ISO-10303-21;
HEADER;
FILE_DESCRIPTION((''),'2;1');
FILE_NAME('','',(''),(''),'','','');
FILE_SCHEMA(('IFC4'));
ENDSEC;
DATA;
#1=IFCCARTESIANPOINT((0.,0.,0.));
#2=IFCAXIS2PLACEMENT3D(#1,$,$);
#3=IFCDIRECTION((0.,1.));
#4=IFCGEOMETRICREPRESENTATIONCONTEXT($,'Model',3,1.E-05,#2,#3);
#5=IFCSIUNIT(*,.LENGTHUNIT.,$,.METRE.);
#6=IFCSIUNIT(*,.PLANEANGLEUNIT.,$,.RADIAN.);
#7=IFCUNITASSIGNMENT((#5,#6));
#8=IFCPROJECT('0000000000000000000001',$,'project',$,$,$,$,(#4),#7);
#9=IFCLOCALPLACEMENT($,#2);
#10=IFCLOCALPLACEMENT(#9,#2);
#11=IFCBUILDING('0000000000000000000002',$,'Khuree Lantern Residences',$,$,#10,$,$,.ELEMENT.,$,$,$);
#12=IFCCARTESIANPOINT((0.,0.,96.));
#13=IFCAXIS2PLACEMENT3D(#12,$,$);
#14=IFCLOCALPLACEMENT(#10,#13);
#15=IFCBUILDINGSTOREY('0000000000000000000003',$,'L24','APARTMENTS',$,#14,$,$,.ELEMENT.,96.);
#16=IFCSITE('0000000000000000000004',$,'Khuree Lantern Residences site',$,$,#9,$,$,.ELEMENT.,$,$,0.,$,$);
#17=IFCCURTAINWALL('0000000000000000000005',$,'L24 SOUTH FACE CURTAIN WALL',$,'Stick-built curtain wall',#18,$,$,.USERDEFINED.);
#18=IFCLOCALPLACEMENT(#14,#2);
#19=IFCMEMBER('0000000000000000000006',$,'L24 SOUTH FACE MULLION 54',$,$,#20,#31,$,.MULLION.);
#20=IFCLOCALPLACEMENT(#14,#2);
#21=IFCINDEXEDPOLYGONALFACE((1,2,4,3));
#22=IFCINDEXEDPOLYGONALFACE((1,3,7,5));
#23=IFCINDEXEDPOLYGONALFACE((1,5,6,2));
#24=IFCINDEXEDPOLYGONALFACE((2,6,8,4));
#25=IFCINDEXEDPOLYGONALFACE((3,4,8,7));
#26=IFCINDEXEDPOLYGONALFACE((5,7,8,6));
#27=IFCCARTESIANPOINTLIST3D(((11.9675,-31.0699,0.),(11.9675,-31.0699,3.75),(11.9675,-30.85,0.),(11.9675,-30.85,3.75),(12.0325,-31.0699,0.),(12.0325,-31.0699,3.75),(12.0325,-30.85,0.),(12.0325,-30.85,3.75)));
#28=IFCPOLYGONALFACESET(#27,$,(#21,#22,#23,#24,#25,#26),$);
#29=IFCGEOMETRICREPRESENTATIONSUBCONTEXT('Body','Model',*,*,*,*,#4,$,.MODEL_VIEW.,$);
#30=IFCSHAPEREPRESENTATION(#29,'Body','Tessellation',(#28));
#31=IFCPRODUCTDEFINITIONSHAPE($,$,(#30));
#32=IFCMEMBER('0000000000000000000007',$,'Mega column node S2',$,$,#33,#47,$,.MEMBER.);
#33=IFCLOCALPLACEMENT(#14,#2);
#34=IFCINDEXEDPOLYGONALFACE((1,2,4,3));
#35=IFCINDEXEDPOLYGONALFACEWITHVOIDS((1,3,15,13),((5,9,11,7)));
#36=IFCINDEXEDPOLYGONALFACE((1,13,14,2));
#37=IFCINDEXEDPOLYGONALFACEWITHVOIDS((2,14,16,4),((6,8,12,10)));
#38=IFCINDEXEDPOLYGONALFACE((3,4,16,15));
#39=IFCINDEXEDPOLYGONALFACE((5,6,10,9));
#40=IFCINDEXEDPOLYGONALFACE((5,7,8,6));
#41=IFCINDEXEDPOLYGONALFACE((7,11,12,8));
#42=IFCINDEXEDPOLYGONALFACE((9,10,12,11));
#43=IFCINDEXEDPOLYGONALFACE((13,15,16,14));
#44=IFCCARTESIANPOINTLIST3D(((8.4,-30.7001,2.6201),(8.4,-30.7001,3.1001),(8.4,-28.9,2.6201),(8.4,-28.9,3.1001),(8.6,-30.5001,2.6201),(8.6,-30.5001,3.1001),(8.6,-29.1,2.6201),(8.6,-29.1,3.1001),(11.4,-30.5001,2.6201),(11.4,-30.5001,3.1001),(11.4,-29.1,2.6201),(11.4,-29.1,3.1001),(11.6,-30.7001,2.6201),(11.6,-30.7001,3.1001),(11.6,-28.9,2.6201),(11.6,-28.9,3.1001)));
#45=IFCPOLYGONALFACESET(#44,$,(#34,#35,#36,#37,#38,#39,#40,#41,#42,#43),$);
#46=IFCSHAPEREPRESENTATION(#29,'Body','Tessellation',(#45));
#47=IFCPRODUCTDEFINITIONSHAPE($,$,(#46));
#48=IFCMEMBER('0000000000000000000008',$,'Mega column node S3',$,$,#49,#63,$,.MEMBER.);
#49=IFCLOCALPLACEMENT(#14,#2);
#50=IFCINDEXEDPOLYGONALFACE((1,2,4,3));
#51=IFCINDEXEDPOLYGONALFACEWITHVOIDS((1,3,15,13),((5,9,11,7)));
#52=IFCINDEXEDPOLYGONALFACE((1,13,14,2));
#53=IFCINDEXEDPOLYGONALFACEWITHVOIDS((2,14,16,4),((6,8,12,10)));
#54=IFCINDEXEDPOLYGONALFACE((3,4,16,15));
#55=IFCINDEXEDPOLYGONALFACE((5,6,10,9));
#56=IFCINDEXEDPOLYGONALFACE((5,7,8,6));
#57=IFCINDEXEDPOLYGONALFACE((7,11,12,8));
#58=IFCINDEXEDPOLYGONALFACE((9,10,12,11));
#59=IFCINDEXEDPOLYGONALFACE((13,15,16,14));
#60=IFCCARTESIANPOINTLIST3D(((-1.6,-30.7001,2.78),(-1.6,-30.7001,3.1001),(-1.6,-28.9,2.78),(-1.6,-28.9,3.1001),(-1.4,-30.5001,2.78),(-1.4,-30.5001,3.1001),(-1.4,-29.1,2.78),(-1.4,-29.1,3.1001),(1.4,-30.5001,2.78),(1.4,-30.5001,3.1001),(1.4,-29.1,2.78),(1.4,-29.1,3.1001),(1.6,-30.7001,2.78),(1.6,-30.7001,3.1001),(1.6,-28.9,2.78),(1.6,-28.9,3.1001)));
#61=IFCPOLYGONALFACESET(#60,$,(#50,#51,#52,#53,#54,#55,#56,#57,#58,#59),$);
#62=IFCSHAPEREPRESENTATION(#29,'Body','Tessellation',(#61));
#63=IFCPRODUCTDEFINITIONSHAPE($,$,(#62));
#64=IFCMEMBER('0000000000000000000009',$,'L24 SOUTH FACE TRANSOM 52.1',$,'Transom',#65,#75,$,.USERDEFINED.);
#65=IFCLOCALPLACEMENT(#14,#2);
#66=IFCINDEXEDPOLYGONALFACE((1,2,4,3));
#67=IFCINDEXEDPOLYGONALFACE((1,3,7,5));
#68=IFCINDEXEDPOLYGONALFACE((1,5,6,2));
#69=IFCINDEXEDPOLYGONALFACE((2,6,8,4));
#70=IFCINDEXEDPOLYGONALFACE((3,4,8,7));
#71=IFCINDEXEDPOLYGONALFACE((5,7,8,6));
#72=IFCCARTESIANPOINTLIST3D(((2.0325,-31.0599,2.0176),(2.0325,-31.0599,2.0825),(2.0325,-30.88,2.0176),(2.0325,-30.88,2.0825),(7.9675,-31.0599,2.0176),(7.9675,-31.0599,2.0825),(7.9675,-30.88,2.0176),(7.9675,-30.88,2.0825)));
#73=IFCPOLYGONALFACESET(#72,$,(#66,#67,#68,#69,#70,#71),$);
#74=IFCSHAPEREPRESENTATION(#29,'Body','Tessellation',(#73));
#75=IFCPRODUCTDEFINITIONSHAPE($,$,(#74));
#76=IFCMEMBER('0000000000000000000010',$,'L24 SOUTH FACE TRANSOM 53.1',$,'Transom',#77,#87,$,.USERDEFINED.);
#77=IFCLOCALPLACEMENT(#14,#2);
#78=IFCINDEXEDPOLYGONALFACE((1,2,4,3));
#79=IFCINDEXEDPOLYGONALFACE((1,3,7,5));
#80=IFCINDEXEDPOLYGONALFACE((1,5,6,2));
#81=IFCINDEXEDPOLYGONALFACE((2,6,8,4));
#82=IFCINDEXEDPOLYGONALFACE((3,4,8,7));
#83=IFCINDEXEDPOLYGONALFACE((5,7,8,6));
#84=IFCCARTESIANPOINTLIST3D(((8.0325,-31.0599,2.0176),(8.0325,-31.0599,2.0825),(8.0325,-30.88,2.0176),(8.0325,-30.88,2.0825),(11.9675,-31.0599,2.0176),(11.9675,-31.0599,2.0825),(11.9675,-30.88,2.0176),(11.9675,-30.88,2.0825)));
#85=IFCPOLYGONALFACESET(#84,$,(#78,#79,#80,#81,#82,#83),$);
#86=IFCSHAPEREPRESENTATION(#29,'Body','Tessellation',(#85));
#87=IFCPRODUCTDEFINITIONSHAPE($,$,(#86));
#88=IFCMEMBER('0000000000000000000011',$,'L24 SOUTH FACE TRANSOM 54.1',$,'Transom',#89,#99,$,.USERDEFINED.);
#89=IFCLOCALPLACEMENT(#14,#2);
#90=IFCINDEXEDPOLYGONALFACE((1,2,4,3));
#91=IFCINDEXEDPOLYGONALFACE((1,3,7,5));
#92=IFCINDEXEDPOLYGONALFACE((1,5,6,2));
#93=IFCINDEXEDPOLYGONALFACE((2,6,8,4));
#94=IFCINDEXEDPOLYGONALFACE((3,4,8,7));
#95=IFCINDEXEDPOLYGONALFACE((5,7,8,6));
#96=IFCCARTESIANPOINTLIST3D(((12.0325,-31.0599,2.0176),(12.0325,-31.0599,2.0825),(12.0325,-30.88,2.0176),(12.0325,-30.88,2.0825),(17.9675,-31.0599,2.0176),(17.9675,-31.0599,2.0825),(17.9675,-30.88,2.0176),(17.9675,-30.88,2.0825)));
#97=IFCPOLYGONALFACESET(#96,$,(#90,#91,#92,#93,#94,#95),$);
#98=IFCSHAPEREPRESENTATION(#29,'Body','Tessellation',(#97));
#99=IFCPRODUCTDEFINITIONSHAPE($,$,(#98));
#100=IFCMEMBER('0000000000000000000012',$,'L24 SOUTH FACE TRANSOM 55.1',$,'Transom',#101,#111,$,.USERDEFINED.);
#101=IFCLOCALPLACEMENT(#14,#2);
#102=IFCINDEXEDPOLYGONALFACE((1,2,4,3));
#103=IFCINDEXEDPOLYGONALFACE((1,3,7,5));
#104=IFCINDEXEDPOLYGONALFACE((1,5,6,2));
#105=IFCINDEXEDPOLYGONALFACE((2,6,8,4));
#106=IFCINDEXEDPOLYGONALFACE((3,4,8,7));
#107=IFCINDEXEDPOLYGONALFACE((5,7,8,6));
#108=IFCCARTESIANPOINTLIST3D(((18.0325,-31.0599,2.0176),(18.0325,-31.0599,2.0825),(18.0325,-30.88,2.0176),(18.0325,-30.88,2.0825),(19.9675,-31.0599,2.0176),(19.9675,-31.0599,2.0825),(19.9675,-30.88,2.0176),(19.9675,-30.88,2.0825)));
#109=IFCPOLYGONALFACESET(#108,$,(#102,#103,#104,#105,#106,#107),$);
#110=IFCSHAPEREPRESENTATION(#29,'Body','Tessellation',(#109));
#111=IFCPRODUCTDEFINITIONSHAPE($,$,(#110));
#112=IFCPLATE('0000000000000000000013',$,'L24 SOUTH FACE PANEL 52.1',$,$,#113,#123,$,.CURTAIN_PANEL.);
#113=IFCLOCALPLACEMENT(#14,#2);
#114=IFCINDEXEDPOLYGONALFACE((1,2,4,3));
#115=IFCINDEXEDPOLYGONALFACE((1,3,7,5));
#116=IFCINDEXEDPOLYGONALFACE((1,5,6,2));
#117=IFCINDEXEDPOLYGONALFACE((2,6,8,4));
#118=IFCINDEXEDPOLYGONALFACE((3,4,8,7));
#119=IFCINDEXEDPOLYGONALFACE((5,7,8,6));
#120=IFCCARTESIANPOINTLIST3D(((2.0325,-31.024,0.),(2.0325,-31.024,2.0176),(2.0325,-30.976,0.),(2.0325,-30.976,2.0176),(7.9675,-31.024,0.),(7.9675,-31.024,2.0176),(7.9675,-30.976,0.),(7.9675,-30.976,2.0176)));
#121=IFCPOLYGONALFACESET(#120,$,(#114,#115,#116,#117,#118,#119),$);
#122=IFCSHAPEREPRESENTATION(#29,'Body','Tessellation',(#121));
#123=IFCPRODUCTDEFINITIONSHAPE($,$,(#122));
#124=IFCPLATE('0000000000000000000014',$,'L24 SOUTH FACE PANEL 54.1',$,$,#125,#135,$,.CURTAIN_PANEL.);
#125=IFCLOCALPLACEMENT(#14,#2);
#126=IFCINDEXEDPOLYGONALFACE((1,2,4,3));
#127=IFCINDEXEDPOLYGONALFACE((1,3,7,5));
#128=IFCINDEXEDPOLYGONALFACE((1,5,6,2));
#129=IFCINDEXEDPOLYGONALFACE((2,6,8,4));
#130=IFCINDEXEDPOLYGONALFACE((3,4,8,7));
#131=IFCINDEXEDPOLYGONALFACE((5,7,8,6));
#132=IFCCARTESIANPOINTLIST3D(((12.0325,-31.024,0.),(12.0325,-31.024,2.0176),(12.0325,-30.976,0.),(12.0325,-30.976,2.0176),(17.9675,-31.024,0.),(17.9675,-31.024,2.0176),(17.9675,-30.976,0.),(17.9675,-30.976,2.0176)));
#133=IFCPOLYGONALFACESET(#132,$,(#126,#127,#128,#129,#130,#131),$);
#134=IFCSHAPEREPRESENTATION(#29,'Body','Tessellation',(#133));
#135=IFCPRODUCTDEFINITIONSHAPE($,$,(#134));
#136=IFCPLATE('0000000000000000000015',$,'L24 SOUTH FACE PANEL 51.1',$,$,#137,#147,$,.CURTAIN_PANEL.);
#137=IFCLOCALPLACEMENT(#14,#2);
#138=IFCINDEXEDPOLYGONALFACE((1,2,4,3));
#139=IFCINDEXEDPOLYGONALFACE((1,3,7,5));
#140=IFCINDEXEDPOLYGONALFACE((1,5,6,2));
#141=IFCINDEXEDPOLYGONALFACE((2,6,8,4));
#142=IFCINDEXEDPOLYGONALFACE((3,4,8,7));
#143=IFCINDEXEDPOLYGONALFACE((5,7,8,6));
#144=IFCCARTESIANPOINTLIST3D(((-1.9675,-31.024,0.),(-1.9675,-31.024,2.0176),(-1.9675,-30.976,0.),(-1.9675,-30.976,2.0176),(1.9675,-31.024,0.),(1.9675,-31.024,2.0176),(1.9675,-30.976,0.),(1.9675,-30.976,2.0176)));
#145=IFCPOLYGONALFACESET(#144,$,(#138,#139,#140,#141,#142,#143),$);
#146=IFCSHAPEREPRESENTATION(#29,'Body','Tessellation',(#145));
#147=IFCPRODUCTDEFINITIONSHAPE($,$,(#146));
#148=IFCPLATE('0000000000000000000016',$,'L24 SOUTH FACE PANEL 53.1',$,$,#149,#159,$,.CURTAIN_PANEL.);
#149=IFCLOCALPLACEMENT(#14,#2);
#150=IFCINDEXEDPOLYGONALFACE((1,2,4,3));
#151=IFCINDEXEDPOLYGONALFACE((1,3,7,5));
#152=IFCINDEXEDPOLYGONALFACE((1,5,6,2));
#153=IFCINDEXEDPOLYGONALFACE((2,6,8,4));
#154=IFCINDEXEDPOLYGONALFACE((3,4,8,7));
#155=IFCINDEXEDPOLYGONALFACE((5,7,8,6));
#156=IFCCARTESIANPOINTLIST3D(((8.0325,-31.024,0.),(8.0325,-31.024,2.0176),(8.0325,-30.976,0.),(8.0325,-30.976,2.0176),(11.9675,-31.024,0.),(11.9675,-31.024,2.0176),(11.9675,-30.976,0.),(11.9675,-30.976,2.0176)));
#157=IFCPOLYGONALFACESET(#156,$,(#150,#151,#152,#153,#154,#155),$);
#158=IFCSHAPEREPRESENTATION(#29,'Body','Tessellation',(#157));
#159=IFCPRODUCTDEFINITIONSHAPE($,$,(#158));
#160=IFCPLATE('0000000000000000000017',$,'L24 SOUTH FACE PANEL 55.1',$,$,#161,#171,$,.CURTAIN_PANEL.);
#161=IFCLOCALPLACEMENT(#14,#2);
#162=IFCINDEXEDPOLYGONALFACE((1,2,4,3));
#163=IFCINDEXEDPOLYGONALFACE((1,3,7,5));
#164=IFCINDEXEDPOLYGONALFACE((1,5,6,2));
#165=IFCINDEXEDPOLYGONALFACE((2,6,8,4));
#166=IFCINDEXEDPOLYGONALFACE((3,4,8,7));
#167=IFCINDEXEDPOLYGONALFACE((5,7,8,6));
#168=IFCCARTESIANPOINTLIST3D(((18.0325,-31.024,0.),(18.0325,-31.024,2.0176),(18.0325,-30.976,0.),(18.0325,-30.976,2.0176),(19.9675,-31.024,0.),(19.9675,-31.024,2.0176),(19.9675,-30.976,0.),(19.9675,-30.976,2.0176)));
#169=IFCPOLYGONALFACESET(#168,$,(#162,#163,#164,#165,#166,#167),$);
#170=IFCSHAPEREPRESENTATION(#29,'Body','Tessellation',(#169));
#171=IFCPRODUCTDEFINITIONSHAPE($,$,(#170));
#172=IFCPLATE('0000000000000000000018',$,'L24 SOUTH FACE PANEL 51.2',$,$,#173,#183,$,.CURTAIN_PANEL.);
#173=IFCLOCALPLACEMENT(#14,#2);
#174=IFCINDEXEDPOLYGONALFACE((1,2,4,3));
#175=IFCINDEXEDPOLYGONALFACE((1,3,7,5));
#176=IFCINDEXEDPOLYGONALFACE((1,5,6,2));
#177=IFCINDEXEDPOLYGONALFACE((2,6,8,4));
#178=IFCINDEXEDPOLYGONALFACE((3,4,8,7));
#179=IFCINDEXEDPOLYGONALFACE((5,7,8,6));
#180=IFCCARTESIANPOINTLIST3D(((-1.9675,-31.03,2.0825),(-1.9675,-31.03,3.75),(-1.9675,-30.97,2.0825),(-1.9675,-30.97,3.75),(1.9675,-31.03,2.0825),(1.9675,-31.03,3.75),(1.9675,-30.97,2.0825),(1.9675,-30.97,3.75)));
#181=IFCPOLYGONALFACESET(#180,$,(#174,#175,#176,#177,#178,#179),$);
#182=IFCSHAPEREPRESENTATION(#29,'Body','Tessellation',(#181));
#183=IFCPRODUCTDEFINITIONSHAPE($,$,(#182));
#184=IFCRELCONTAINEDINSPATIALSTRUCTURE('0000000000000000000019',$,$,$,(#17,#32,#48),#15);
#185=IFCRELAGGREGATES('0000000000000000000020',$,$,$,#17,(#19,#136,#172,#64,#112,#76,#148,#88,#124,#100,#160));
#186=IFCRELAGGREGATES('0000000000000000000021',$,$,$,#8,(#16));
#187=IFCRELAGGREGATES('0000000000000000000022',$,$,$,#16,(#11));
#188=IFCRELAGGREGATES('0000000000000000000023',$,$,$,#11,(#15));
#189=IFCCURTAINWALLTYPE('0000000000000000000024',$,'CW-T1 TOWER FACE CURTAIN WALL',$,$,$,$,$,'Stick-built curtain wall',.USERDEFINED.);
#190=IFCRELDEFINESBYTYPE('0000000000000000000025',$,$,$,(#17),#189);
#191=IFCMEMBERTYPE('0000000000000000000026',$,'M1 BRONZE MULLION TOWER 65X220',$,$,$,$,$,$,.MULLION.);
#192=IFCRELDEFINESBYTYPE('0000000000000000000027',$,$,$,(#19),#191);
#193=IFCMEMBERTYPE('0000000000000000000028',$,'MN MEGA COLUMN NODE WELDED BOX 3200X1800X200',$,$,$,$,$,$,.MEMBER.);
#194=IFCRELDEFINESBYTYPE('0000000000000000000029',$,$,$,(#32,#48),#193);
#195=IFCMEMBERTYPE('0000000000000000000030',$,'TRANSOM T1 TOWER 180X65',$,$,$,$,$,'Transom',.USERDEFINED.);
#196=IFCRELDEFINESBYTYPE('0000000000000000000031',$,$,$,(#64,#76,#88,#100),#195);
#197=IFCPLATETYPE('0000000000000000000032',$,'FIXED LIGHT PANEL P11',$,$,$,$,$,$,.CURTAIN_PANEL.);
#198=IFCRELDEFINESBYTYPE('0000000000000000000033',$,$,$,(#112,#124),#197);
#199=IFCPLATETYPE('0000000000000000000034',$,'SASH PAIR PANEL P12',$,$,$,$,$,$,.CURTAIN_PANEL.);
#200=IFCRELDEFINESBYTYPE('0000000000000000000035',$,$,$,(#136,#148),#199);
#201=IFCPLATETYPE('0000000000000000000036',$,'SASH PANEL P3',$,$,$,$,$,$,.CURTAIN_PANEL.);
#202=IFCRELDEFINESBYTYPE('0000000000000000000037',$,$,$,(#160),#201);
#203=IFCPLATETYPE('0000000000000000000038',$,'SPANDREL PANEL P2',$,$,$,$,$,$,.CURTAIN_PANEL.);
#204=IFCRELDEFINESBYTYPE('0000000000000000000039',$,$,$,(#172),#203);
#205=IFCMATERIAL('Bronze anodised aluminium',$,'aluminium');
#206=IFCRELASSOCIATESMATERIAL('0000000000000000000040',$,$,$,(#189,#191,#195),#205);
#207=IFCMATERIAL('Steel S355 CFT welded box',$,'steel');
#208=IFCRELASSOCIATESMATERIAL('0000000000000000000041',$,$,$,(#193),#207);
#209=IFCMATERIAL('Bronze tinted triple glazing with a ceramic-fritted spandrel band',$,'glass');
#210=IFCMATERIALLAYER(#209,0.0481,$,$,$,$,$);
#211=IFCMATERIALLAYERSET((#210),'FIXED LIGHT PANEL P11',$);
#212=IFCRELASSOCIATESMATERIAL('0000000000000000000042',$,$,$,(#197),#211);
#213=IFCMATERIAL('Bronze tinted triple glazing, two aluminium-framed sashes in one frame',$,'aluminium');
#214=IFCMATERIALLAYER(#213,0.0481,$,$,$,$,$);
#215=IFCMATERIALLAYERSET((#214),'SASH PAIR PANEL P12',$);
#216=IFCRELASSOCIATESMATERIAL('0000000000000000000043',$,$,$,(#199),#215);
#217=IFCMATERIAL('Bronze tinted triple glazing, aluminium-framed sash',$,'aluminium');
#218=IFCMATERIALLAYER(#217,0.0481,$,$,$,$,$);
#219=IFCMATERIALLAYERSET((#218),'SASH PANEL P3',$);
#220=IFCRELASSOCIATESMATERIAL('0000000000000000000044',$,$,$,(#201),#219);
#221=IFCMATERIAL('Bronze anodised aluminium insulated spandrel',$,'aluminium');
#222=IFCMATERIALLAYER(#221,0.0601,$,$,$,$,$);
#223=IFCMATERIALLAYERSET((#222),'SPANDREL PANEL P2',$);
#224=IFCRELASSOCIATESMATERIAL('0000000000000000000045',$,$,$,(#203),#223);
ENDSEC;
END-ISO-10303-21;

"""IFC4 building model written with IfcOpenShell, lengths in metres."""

from ifc_helpers import new_model, si_unit, direction, frame, origin, origin_2d, place, context, subcontext, project, spatial, rectangle, hollow_rectangle, extrude, material, layer, layer_set, material_profile, profile_set, type_object, element, aggregate, save


model = new_model("IFC4")

# Units and contexts
model_context = context("Model", 3, precision=1e-05, world=origin(), true_north=direction((0.0, 1.0)))
body_context = subcontext(model_context, "Body", "Model", "MODEL_VIEW")
ifc_project = project(units=[si_unit("LENGTHUNIT", "METRE"), si_unit("PLANEANGLEUNIT", "RADIAN")], contexts=[model_context])

# Site, building, storey
site_placement = place(None, origin())
site = spatial("IfcSite", under=ifc_project, at=site_placement, Name="Khuree Lantern Residences site", CompositionType="ELEMENT", RefElevation=0.0)
building_placement = place(site_placement, origin())
building = spatial("IfcBuilding", under=site, at=building_placement, Name="Khuree Lantern Residences", CompositionType="ELEMENT")
storey_placement = place(building_placement, frame((0.0, 0.0, 96.0)))
storey = spatial("IfcBuildingStorey", under=building, at=storey_placement, Name="L24", Description="APARTMENTS", CompositionType="ELEMENT", Elevation=96.0)

# Shared definitions
ifc_material_1 = material(Name="Steel S355 CFT welded box", Category="steel")

# Curtain wall
ifc_material_2 = material(Name="Bronze anodised aluminium", Category="aluminium")
curtain_wall_type = type_object("IfcCurtainWallType", Name="CW-T1 TOWER FACE CURTAIN WALL", ElementType="Stick-built curtain wall", PredefinedType="USERDEFINED", material=ifc_material_2)
curtain_wall_placement = place(storey_placement, origin())
curtain_wall = element("IfcCurtainWall", 1, at=curtain_wall_placement, inside=storey, type_object=curtain_wall_type, Name="L24 SOUTH FACE CURTAIN WALL", ObjectType="Stick-built curtain wall", PredefinedType="USERDEFINED")

# Member
ifc_material_profile_1 = material_profile(ifc_material_2, rectangle(XDim=0.0649, YDim=0.22, at=origin_2d()), Name="M1 65X220")
ifc_profile_set_1 = profile_set([ifc_material_profile_1], Name="Bronze anodised aluminium")
member_type_1 = type_object("IfcMemberType", Name="M1 BRONZE MULLION TOWER 65X220", PredefinedType="MULLION", material=ifc_profile_set_1)
member_1_placement = place(storey_placement, frame((12.0, -30.96, 0.0), z_axis=(0.0, 0.0, 1.0), x_axis=(1.0, 0.0, 0.0)))
member_1 = element("IfcMember", 2, at=member_1_placement, type_object=member_type_1, Name="L24 SOUTH FACE MULLION 54", PredefinedType="MULLION", context=body_context, shape_type="SweptSolid", body=[
    extrude(rectangle(XDim=0.0649, YDim=0.22, at=origin_2d()), origin(), (0.0, 0.0, 1.0), 3.75),
])

# Members
ifc_material_profile_2 = material_profile(ifc_material_1, hollow_rectangle(XDim=3.2, YDim=1.8, WallThickness=0.2, at=origin_2d()), Name="WELDED BOX 3200X1800X200")
ifc_profile_set_2 = profile_set([ifc_material_profile_2], Name="Steel S355 CFT welded box")
member_type_2 = type_object("IfcMemberType", Name="MN MEGA COLUMN NODE WELDED BOX 3200X1800X200", PredefinedType="MEMBER", material=ifc_profile_set_2)
member_2_placement = place(storey_placement, frame((10.0, -29.8, 2.6201), z_axis=(0.0, 0.0, 1.0), x_axis=(1.0, 0.0, 0.0)))
element("IfcMember", 3, at=member_2_placement, inside=storey, type_object=member_type_2, Name="Mega column node S2", PredefinedType="MEMBER", context=body_context, shape_type="SweptSolid", body=[
    extrude(hollow_rectangle(XDim=3.2, YDim=1.8, WallThickness=0.2, at=origin_2d()), origin(), (0.0, 0.0, 1.0), 0.48),
])
member_3_placement = place(storey_placement, frame((0.0, -29.8, 2.78), z_axis=(0.0, 0.0, 1.0), x_axis=(1.0, 0.0, 0.0)))
element("IfcMember", 4, at=member_3_placement, inside=storey, type_object=member_type_2, Name="Mega column node S3", PredefinedType="MEMBER", context=body_context, shape_type="SweptSolid", body=[
    extrude(hollow_rectangle(XDim=3.2, YDim=1.8, WallThickness=0.2, at=origin_2d()), origin(), (0.0, 0.0, 1.0), 0.3201),
])

# Members
ifc_material_profile_3 = material_profile(ifc_material_2, rectangle(XDim=0.1799, YDim=0.0649, at=origin_2d()), Name="T1 180X65")
ifc_profile_set_3 = profile_set([ifc_material_profile_3], Name="Bronze anodised aluminium")
member_type_3 = type_object("IfcMemberType", Name="TRANSOM T1 TOWER 180X65", ElementType="Transom", PredefinedType="USERDEFINED", material=ifc_profile_set_3)
member_4_placement = place(storey_placement, frame((2.0325, -30.97, 2.05), z_axis=(1.0, 0.0, 0.0), x_axis=(0.0, 1.0, 0.0)))
member_4 = element("IfcMember", 5, at=member_4_placement, type_object=member_type_3, Name="L24 SOUTH FACE TRANSOM 52.1", ObjectType="Transom", PredefinedType="USERDEFINED", context=body_context, shape_type="SweptSolid", body=[
    extrude(rectangle(XDim=0.1799, YDim=0.0649, at=origin_2d()), origin(), (0.0, 0.0, 1.0), 5.9351),
])
member_5_placement = place(storey_placement, frame((8.0325, -30.97, 2.05), z_axis=(1.0, 0.0, 0.0), x_axis=(0.0, 1.0, 0.0)))
member_5 = element("IfcMember", 6, at=member_5_placement, type_object=member_type_3, Name="L24 SOUTH FACE TRANSOM 53.1", ObjectType="Transom", PredefinedType="USERDEFINED", context=body_context, shape_type="SweptSolid", body=[
    extrude(rectangle(XDim=0.1799, YDim=0.0649, at=origin_2d()), origin(), (0.0, 0.0, 1.0), 3.9351),
])
member_6_placement = place(storey_placement, frame((12.0325, -30.97, 2.05), z_axis=(1.0, 0.0, 0.0), x_axis=(0.0, 1.0, 0.0)))
member_6 = element("IfcMember", 7, at=member_6_placement, type_object=member_type_3, Name="L24 SOUTH FACE TRANSOM 54.1", ObjectType="Transom", PredefinedType="USERDEFINED", context=body_context, shape_type="SweptSolid", body=[
    extrude(rectangle(XDim=0.1799, YDim=0.0649, at=origin_2d()), origin(), (0.0, 0.0, 1.0), 5.9351),
])
member_7_placement = place(storey_placement, frame((18.0325, -30.97, 2.05), z_axis=(1.0, 0.0, 0.0), x_axis=(0.0, 1.0, 0.0)))
member_7 = element("IfcMember", 8, at=member_7_placement, type_object=member_type_3, Name="L24 SOUTH FACE TRANSOM 55.1", ObjectType="Transom", PredefinedType="USERDEFINED", context=body_context, shape_type="SweptSolid", body=[
    extrude(rectangle(XDim=0.1799, YDim=0.0649, at=origin_2d()), origin(), (0.0, 0.0, 1.0), 1.9351),
])

# Plates
ifc_material_3 = material(Name="Bronze tinted triple glazing with a ceramic-fritted spandrel band", Category="glass")
ifc_layer_1 = layer(ifc_material_3, 0.0481)
ifc_layer_set_1 = layer_set([ifc_layer_1], Name="FIXED LIGHT PANEL P11")
plate_type_1 = type_object("IfcPlateType", Name="FIXED LIGHT PANEL P11", PredefinedType="CURTAIN_PANEL", material=ifc_layer_set_1)
plate_1_placement = place(storey_placement, frame((5.0, -31.0, 0.0), z_axis=(0.0, 0.0, 1.0), x_axis=(1.0, 0.0, 0.0)))
plate_1 = element("IfcPlate", 9, at=plate_1_placement, type_object=plate_type_1, Name="L24 SOUTH FACE PANEL 52.1", PredefinedType="CURTAIN_PANEL", context=body_context, shape_type="SweptSolid", body=[
    extrude(rectangle(XDim=5.9351, YDim=0.0481, at=origin_2d()), origin(), (0.0, 0.0, 1.0), 2.0176),
])
plate_2_placement = place(storey_placement, frame((15.0, -31.0, 0.0), z_axis=(0.0, 0.0, 1.0), x_axis=(1.0, 0.0, 0.0)))
plate_2 = element("IfcPlate", 10, at=plate_2_placement, type_object=plate_type_1, Name="L24 SOUTH FACE PANEL 54.1", PredefinedType="CURTAIN_PANEL", context=body_context, shape_type="SweptSolid", body=[
    extrude(rectangle(XDim=5.9351, YDim=0.0481, at=origin_2d()), origin(), (0.0, 0.0, 1.0), 2.0176),
])
ifc_material_4 = material(Name="Bronze tinted triple glazing, two aluminium-framed sashes in one frame", Category="aluminium")
ifc_layer_2 = layer(ifc_material_4, 0.0481)
ifc_layer_set_2 = layer_set([ifc_layer_2], Name="SASH PAIR PANEL P12")
plate_type_2 = type_object("IfcPlateType", Name="SASH PAIR PANEL P12", PredefinedType="CURTAIN_PANEL", material=ifc_layer_set_2)
plate_3_placement = place(storey_placement, frame((0.0, -31.0, 0.0), z_axis=(0.0, 0.0, 1.0), x_axis=(1.0, 0.0, 0.0)))
plate_3 = element("IfcPlate", 11, at=plate_3_placement, type_object=plate_type_2, Name="L24 SOUTH FACE PANEL 51.1", PredefinedType="CURTAIN_PANEL", context=body_context, shape_type="SweptSolid", body=[
    extrude(rectangle(XDim=3.9351, YDim=0.0481, at=origin_2d()), origin(), (0.0, 0.0, 1.0), 2.0176),
])
plate_4_placement = place(storey_placement, frame((10.0, -31.0, 0.0), z_axis=(0.0, 0.0, 1.0), x_axis=(1.0, 0.0, 0.0)))
plate_4 = element("IfcPlate", 12, at=plate_4_placement, type_object=plate_type_2, Name="L24 SOUTH FACE PANEL 53.1", PredefinedType="CURTAIN_PANEL", context=body_context, shape_type="SweptSolid", body=[
    extrude(rectangle(XDim=3.9351, YDim=0.0481, at=origin_2d()), origin(), (0.0, 0.0, 1.0), 2.0176),
])
ifc_material_5 = material(Name="Bronze tinted triple glazing, aluminium-framed sash", Category="aluminium")
ifc_layer_3 = layer(ifc_material_5, 0.0481)
ifc_layer_set_3 = layer_set([ifc_layer_3], Name="SASH PANEL P3")
plate_type_3 = type_object("IfcPlateType", Name="SASH PANEL P3", PredefinedType="CURTAIN_PANEL", material=ifc_layer_set_3)
plate_5_placement = place(storey_placement, frame((19.0, -31.0, 0.0), z_axis=(0.0, 0.0, 1.0), x_axis=(1.0, 0.0, 0.0)))
plate_5 = element("IfcPlate", 13, at=plate_5_placement, type_object=plate_type_3, Name="L24 SOUTH FACE PANEL 55.1", PredefinedType="CURTAIN_PANEL", context=body_context, shape_type="SweptSolid", body=[
    extrude(rectangle(XDim=1.9351, YDim=0.0481, at=origin_2d()), origin(), (0.0, 0.0, 1.0), 2.0176),
])
ifc_material_6 = material(Name="Bronze anodised aluminium insulated spandrel", Category="aluminium")
ifc_layer_4 = layer(ifc_material_6, 0.0601)
ifc_layer_set_4 = layer_set([ifc_layer_4], Name="SPANDREL PANEL P2")
plate_type_4 = type_object("IfcPlateType", Name="SPANDREL PANEL P2", PredefinedType="CURTAIN_PANEL", material=ifc_layer_set_4)
plate_6_placement = place(storey_placement, frame((0.0, -31.0, 2.0825), z_axis=(0.0, 0.0, 1.0), x_axis=(1.0, 0.0, 0.0)))
plate_6 = element("IfcPlate", 14, at=plate_6_placement, type_object=plate_type_4, Name="L24 SOUTH FACE PANEL 51.2", PredefinedType="CURTAIN_PANEL", context=body_context, shape_type="SweptSolid", body=[
    extrude(rectangle(XDim=3.9351, YDim=0.0601, at=origin_2d()), origin(), (0.0, 0.0, 1.0), 1.6675),
])
aggregate(curtain_wall, [member_1, plate_3, plate_6, member_4, plate_1, member_5, plate_4, member_6, plate_2, member_7, plate_5])

save(model, "model.ifc")
